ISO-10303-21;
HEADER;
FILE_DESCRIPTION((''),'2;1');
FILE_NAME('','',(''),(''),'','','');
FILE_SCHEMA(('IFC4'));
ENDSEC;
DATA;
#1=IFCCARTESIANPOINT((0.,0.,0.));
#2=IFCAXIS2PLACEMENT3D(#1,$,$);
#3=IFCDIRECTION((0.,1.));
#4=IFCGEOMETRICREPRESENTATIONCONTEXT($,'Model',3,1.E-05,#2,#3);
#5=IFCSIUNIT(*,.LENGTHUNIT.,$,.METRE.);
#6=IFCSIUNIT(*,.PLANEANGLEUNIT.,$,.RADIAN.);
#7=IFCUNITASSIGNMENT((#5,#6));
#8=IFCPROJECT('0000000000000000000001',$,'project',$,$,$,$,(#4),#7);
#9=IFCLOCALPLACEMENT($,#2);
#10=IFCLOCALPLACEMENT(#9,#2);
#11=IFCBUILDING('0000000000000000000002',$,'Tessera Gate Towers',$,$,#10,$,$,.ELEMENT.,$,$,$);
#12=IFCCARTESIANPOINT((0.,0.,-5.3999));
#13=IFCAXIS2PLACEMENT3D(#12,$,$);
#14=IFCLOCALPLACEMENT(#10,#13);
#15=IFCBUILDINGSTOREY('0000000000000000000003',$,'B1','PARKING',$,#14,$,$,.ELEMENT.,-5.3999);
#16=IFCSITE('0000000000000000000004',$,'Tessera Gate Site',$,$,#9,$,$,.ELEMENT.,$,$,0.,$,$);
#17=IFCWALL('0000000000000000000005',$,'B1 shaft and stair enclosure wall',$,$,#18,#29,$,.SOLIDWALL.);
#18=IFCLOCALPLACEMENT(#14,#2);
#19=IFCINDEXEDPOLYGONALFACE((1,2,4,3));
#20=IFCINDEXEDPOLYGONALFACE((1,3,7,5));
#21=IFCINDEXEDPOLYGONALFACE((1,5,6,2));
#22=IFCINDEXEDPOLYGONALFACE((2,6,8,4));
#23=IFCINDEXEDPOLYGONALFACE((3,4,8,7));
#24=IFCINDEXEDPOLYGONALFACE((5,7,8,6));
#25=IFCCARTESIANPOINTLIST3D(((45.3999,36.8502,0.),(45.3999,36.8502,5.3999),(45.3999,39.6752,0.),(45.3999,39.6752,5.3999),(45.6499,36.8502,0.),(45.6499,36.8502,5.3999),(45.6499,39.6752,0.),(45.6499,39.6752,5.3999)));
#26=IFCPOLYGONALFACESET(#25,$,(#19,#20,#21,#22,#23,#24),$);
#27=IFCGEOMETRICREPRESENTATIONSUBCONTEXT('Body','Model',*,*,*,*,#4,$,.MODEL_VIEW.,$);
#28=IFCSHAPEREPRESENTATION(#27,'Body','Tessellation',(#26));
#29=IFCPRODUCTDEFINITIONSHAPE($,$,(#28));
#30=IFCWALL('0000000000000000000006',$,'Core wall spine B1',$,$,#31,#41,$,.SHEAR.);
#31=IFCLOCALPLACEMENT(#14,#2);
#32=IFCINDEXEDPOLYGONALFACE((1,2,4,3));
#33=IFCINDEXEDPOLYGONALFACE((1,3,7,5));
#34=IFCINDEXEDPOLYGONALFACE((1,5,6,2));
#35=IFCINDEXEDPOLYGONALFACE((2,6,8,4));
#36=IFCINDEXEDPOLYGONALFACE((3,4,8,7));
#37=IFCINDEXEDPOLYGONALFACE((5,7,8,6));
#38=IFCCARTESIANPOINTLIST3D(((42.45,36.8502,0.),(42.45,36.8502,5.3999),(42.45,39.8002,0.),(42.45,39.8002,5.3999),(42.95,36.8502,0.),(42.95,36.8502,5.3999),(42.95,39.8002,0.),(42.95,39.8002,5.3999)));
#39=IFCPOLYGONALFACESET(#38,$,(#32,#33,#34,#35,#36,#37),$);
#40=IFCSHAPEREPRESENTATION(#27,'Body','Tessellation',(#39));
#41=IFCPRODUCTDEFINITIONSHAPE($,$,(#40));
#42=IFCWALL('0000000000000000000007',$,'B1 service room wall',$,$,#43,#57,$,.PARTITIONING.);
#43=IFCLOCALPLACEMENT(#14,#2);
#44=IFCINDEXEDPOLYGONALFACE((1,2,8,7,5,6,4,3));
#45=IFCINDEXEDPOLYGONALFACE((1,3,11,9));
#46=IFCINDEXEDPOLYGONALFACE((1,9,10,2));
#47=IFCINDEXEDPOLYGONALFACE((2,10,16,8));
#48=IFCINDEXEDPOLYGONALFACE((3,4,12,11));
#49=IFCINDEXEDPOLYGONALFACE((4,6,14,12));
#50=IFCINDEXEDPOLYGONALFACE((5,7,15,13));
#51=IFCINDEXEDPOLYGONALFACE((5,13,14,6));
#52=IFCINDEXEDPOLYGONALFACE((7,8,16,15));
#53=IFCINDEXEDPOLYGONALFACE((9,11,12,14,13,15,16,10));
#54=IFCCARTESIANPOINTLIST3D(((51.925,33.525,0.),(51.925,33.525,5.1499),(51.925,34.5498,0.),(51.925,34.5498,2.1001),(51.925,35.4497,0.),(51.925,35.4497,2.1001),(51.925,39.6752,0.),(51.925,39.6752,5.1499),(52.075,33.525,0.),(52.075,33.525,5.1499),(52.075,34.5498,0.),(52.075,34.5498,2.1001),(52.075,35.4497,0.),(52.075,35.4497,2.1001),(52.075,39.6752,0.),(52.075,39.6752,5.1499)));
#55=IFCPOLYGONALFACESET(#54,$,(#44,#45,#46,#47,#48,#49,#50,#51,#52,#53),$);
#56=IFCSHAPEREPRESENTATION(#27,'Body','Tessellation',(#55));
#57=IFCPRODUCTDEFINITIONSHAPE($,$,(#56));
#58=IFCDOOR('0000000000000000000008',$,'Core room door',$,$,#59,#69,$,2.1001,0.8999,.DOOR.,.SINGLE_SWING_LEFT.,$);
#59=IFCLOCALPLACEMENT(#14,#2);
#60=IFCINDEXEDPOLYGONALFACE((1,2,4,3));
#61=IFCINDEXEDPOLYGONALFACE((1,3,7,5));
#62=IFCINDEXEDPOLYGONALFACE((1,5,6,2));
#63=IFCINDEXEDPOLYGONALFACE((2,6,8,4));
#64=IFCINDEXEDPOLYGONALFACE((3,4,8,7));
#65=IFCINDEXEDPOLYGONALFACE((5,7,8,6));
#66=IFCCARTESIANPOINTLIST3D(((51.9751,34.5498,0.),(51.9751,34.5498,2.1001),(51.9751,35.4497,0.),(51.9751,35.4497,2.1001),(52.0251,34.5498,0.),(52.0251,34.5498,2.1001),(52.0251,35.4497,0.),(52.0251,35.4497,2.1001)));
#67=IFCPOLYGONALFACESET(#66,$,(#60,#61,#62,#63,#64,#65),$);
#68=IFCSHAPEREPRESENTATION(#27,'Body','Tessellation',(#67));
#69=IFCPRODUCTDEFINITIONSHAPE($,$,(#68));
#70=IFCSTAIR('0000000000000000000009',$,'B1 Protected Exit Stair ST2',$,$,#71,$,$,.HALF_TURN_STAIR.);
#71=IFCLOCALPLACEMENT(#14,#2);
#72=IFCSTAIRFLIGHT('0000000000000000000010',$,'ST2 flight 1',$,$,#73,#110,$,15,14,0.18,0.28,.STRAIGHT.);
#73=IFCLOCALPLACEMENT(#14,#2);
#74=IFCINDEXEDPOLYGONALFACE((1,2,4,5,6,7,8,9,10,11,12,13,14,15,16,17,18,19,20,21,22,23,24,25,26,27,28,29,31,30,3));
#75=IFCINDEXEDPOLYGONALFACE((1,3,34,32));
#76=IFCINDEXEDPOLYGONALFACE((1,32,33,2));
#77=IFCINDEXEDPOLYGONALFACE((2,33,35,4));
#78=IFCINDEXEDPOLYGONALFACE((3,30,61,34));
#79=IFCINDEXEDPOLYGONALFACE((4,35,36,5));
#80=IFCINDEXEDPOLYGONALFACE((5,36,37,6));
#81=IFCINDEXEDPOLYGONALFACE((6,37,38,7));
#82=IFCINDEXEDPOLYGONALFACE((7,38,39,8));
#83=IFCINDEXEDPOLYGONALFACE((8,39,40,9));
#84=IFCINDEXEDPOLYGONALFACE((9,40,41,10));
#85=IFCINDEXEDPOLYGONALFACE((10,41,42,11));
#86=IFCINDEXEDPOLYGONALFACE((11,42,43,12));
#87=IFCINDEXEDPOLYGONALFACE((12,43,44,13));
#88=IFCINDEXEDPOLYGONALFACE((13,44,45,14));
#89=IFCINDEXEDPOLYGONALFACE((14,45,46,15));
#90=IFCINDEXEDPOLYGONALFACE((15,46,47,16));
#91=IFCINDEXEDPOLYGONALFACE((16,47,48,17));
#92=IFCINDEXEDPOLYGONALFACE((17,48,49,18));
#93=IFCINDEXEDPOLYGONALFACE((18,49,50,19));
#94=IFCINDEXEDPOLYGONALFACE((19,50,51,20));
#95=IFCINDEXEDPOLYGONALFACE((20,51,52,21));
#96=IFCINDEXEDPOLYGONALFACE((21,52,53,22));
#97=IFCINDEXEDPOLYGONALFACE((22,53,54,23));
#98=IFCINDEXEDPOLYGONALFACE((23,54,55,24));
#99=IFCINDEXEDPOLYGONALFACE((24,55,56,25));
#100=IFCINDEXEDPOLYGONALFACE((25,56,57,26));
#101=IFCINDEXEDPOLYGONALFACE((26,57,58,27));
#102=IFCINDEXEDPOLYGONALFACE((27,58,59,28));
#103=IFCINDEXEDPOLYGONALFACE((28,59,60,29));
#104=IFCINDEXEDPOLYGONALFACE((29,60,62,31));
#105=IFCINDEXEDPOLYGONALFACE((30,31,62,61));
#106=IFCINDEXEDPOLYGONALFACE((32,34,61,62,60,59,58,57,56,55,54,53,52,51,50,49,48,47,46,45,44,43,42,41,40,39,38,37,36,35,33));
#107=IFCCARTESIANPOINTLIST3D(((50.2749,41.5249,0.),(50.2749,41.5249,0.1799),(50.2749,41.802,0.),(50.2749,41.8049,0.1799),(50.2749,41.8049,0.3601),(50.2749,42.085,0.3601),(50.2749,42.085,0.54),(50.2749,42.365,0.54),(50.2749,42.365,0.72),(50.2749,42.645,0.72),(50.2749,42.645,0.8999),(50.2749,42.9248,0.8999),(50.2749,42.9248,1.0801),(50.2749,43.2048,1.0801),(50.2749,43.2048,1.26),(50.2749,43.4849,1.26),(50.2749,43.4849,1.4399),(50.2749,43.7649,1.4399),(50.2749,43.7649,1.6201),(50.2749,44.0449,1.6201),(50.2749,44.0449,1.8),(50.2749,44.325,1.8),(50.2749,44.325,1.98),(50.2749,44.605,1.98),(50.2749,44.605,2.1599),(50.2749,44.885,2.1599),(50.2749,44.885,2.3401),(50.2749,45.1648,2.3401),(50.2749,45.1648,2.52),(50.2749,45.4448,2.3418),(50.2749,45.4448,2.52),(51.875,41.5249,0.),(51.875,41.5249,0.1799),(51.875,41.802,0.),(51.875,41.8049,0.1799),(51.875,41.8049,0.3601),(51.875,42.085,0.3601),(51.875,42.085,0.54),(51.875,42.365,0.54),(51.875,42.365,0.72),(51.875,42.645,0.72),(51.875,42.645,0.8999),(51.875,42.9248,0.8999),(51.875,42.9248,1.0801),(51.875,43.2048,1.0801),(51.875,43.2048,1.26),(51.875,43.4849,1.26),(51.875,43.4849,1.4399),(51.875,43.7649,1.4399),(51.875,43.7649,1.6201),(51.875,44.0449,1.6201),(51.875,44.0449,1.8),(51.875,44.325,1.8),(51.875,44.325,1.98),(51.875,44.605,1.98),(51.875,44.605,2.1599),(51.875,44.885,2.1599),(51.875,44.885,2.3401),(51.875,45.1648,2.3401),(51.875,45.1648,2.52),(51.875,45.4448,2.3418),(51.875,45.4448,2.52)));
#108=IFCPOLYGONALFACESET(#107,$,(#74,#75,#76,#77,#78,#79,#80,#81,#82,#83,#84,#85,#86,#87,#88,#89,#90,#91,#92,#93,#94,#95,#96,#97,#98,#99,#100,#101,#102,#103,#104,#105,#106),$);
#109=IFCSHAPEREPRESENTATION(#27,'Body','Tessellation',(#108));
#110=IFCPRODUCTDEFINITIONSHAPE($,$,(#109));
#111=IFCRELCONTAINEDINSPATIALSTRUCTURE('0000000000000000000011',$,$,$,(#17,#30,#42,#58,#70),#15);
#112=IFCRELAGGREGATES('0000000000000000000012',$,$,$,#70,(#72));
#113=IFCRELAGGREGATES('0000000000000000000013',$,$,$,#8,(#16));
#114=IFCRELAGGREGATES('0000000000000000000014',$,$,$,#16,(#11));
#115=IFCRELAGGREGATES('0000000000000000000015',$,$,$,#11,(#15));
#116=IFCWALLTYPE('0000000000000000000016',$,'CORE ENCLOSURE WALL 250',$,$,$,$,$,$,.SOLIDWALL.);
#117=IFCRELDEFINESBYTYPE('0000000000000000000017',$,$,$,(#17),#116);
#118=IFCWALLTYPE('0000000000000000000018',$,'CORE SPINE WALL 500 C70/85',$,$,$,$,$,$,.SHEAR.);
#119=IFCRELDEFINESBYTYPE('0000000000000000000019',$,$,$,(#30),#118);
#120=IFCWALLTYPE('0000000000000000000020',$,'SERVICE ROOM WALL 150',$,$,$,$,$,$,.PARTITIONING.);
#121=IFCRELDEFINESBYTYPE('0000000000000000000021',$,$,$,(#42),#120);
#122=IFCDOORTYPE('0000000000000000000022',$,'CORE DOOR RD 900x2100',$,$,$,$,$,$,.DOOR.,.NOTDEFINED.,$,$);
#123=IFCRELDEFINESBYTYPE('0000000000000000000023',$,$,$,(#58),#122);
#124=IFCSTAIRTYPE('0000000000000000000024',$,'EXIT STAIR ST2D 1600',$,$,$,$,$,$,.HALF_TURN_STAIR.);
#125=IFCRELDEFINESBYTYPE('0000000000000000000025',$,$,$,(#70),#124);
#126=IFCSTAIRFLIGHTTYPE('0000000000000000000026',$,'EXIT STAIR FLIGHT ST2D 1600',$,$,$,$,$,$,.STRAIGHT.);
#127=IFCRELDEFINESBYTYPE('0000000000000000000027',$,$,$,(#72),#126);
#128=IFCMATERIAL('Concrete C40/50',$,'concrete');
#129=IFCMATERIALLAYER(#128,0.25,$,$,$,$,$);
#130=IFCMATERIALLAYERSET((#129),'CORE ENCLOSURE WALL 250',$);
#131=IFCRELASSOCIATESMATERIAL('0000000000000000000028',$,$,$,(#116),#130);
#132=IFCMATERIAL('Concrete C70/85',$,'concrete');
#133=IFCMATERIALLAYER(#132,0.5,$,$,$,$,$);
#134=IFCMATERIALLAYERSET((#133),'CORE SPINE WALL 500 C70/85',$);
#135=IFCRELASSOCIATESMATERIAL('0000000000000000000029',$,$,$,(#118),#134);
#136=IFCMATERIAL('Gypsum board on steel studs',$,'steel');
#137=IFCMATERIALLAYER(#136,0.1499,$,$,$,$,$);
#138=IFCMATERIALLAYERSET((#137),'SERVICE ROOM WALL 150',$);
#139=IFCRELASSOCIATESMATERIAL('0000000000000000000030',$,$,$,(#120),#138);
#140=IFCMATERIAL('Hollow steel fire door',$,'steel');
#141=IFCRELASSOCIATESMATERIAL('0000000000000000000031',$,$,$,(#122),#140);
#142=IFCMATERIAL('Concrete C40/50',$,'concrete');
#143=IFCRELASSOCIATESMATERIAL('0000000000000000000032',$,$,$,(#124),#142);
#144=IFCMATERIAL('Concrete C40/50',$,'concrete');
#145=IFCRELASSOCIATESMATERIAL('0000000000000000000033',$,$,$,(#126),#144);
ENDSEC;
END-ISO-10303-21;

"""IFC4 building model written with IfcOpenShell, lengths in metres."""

from ifc_helpers import new_model, si_unit, direction, frame, frame_2d, origin, place, context, subcontext, project, spatial, polyline, rectangle, outline, extrude, source, transform, mapped, material, layer, layer_set, type_object, element, fill, aggregate, save


model = new_model("IFC4")

# Units and contexts
model_context = context("Model", 3, precision=1e-05, world=origin(), true_north=direction((0.0, 1.0)))
body_context = subcontext(model_context, "Body", "Model", "MODEL_VIEW")
ifc_project = project(units=[si_unit("LENGTHUNIT", "METRE"), si_unit("PLANEANGLEUNIT", "RADIAN")], contexts=[model_context])

# Site, building, storey
site_placement = place(None, origin())
site = spatial("IfcSite", under=ifc_project, at=site_placement, Name="Tessera Gate Site", CompositionType="ELEMENT", RefElevation=0.0)
building_placement = place(site_placement, origin())
building = spatial("IfcBuilding", under=site, at=building_placement, Name="Tessera Gate Towers", CompositionType="ELEMENT")
storey_placement = place(building_placement, frame((0.0, 0.0, -5.3999)))
storey = spatial("IfcBuildingStorey", under=building, at=storey_placement, Name="B1", Description="PARKING", CompositionType="ELEMENT", Elevation=-5.3999)

# Shared definitions
ifc_material_1 = material(Name="Concrete C40/50", Category="concrete")
ifc_layer_1 = layer(ifc_material_1, 0.25)
ifc_layer_set_1 = layer_set([ifc_layer_1], Name="CORE ENCLOSURE WALL 250")
wall_type_1 = type_object("IfcWallType", Name="CORE ENCLOSURE WALL 250", PredefinedType="SOLIDWALL", material=ifc_layer_set_1)

# Walls
wall_1_placement = place(storey_placement, frame((45.5249, 36.8501, 0.0), z_axis=(0.0, 0.0, 1.0), x_axis=(0.0, 1.0, 0.0)))
element("IfcWall", 1, at=wall_1_placement, inside=storey, type_object=wall_type_1, Name="B1 shaft and stair enclosure wall", PredefinedType="SOLIDWALL", context=body_context, shape_type="SweptSolid", body=[
    extrude(rectangle(XDim=2.825, YDim=0.25, at=frame_2d((1.4126, 0.0))), origin(), (0.0, 0.0, 1.0), 5.3999),
])
ifc_material_2 = material(Name="Concrete C70/85", Category="concrete")
ifc_layer_2 = layer(ifc_material_2, 0.5)
ifc_layer_set_2 = layer_set([ifc_layer_2], Name="CORE SPINE WALL 500 C70/85")
wall_type_2 = type_object("IfcWallType", Name="CORE SPINE WALL 500 C70/85", PredefinedType="SHEAR", material=ifc_layer_set_2)
wall_2_placement = place(storey_placement, frame((42.7, 36.8501, 0.0), z_axis=(0.0, 0.0, 1.0), x_axis=(0.0, 1.0, 0.0)))
element("IfcWall", 2, at=wall_2_placement, inside=storey, type_object=wall_type_2, Name="Core wall spine B1", PredefinedType="SHEAR", context=body_context, shape_type="SweptSolid", body=[
    extrude(rectangle(XDim=2.95, YDim=0.5, at=frame_2d((1.4751, 0.0))), origin(), (0.0, 0.0, 1.0), 5.3999),
])

# Wall, opening, door
ifc_material_3 = material(Name="Gypsum board on steel studs", Category="steel")
ifc_layer_3 = layer(ifc_material_3, 0.1499)
ifc_layer_set_3 = layer_set([ifc_layer_3], Name="SERVICE ROOM WALL 150")
wall_type_3 = type_object("IfcWallType", Name="SERVICE ROOM WALL 150", PredefinedType="PARTITIONING", material=ifc_layer_set_3)
wall_3_placement = place(storey_placement, frame((52.0, 33.5249, 0.0), z_axis=(0.0, 0.0, 1.0), x_axis=(0.0, 1.0, 0.0)))
wall_3 = element("IfcWall", 3, at=wall_3_placement, inside=storey, type_object=wall_type_3, Name="B1 service room wall", PredefinedType="PARTITIONING", context=body_context, shape_type="SweptSolid", body=[
    extrude(rectangle(XDim=6.1501, YDim=0.1499, at=frame_2d((3.0752, 0.0))), origin(), (0.0, 0.0, 1.0), 5.1499),
])
shared_shape_1 = source(origin(), body_context, "Body", "SweptSolid", [
    extrude(rectangle(XDim=0.8999, YDim=2.1001, at=frame_2d((0.45, 1.05))), frame((0.0, 0.085, 0.0), z_axis=(0.0, -1.0, 0.0), x_axis=(1.0, 0.0, 0.0)), (0.0, 0.0, 1.0), 0.1699),
])
opening_1_placement = place(wall_3_placement, frame((1.0249, 0.0, 0.0)))
opening_1 = element("IfcOpeningElement", 4, at=opening_1_placement, cuts=wall_3, PredefinedType="OPENING", context=body_context, shape_type="MappedRepresentation", body=[
    mapped(shared_shape_1, transform((0.0, 0.0, 0.0), scale=1.0)),
])
ifc_material_4 = material(Name="Hollow steel fire door", Category="steel")
door_type_1 = type_object("IfcDoorType", Name="CORE DOOR RD 900x2100", OperationType="NOTDEFINED", PredefinedType="DOOR", material=ifc_material_4)
shared_shape_2 = source(origin(), body_context, "Body", "SweptSolid", [
    extrude(rectangle(XDim=0.8999, YDim=2.1001, at=frame_2d((0.45, 1.05))), frame((0.0, 0.0249, 0.0), z_axis=(0.0, -1.0, 0.0), x_axis=(1.0, 0.0, 0.0)), (0.0, 0.0, 1.0), 0.05),
])
door_1_placement = place(opening_1_placement, origin())
door_1 = element("IfcDoor", 5, at=door_1_placement, inside=storey, type_object=door_type_1, Name="Core room door", OperationType="SINGLE_SWING_LEFT", OverallHeight=2.1001, OverallWidth=0.8999, PredefinedType="DOOR", context=body_context, shape_type="MappedRepresentation", body=[
    mapped(shared_shape_2, transform((0.0, 0.0, 0.0), scale=1.0)),
])
fill(opening_1, door_1)

# Stair, stair flight
ifc_material_5 = material(Name="Concrete C40/50", Category="concrete")
stair_type = type_object("IfcStairType", Name="EXIT STAIR ST2D 1600", PredefinedType="HALF_TURN_STAIR", material=ifc_material_5)
stair_placement = place(storey_placement, origin())
stair = element("IfcStair", 6, at=stair_placement, inside=storey, type_object=stair_type, Name="B1 Protected Exit Stair ST2", PredefinedType="HALF_TURN_STAIR")
ifc_material_6 = material(Name="Concrete C40/50", Category="concrete")
stair_flight_type = type_object("IfcStairFlightType", Name="EXIT STAIR FLIGHT ST2D 1600", PredefinedType="STRAIGHT", material=ifc_material_6)
stair_flight_placement = place(storey_placement, frame((51.075, 41.5249, 0.0), z_axis=(0.0, 0.0, 1.0), x_axis=(0.0, 1.0, 0.0)))
stair_flight = element("IfcStairFlight", 7, at=stair_flight_placement, type_object=stair_flight_type, Name="ST2 flight 1", NumberOfRisers=15, NumberOfTreads=14, PredefinedType="STRAIGHT", RiserHeight=0.18, TreadLength=0.28, context=body_context, shape_type="SweptSolid", body=[
    extrude(outline(polyline([(0.0, 0.0), (0.0, 0.1799), (0.28, 0.1799), (0.28, 0.3601), (0.5601, 0.3601), (0.5601, 0.54), (0.8401, 0.54), (0.8401, 0.72), (1.1201, 0.72), (1.1201, 0.8999), (1.3999, 0.8999), (1.3999, 1.0801), (1.6799, 1.0801), (1.6799, 1.26), (1.96, 1.26), (1.96, 1.4399), (2.24, 1.4399), (2.24, 1.6201), (2.52, 1.6201), (2.52, 1.8), (2.8, 1.8), (2.8, 1.98), (3.0801, 1.98), (3.0801, 2.1599), (3.3601, 2.1599), (3.3601, 2.3401), (3.6399, 2.3401), (3.6399, 2.52), (3.9199, 2.52), (3.9199, 2.7), (3.9199, 2.3418), (0.2771, 0.0), (0.0, 0.0)])), frame((0.0, 0.8, 0.0), z_axis=(0.0, -1.0, 0.0), x_axis=(1.0, 0.0, 0.0)), (0.0, 0.0, 1.0), 1.6001),
])
aggregate(stair, [stair_flight])

save(model, "model.ifc")
